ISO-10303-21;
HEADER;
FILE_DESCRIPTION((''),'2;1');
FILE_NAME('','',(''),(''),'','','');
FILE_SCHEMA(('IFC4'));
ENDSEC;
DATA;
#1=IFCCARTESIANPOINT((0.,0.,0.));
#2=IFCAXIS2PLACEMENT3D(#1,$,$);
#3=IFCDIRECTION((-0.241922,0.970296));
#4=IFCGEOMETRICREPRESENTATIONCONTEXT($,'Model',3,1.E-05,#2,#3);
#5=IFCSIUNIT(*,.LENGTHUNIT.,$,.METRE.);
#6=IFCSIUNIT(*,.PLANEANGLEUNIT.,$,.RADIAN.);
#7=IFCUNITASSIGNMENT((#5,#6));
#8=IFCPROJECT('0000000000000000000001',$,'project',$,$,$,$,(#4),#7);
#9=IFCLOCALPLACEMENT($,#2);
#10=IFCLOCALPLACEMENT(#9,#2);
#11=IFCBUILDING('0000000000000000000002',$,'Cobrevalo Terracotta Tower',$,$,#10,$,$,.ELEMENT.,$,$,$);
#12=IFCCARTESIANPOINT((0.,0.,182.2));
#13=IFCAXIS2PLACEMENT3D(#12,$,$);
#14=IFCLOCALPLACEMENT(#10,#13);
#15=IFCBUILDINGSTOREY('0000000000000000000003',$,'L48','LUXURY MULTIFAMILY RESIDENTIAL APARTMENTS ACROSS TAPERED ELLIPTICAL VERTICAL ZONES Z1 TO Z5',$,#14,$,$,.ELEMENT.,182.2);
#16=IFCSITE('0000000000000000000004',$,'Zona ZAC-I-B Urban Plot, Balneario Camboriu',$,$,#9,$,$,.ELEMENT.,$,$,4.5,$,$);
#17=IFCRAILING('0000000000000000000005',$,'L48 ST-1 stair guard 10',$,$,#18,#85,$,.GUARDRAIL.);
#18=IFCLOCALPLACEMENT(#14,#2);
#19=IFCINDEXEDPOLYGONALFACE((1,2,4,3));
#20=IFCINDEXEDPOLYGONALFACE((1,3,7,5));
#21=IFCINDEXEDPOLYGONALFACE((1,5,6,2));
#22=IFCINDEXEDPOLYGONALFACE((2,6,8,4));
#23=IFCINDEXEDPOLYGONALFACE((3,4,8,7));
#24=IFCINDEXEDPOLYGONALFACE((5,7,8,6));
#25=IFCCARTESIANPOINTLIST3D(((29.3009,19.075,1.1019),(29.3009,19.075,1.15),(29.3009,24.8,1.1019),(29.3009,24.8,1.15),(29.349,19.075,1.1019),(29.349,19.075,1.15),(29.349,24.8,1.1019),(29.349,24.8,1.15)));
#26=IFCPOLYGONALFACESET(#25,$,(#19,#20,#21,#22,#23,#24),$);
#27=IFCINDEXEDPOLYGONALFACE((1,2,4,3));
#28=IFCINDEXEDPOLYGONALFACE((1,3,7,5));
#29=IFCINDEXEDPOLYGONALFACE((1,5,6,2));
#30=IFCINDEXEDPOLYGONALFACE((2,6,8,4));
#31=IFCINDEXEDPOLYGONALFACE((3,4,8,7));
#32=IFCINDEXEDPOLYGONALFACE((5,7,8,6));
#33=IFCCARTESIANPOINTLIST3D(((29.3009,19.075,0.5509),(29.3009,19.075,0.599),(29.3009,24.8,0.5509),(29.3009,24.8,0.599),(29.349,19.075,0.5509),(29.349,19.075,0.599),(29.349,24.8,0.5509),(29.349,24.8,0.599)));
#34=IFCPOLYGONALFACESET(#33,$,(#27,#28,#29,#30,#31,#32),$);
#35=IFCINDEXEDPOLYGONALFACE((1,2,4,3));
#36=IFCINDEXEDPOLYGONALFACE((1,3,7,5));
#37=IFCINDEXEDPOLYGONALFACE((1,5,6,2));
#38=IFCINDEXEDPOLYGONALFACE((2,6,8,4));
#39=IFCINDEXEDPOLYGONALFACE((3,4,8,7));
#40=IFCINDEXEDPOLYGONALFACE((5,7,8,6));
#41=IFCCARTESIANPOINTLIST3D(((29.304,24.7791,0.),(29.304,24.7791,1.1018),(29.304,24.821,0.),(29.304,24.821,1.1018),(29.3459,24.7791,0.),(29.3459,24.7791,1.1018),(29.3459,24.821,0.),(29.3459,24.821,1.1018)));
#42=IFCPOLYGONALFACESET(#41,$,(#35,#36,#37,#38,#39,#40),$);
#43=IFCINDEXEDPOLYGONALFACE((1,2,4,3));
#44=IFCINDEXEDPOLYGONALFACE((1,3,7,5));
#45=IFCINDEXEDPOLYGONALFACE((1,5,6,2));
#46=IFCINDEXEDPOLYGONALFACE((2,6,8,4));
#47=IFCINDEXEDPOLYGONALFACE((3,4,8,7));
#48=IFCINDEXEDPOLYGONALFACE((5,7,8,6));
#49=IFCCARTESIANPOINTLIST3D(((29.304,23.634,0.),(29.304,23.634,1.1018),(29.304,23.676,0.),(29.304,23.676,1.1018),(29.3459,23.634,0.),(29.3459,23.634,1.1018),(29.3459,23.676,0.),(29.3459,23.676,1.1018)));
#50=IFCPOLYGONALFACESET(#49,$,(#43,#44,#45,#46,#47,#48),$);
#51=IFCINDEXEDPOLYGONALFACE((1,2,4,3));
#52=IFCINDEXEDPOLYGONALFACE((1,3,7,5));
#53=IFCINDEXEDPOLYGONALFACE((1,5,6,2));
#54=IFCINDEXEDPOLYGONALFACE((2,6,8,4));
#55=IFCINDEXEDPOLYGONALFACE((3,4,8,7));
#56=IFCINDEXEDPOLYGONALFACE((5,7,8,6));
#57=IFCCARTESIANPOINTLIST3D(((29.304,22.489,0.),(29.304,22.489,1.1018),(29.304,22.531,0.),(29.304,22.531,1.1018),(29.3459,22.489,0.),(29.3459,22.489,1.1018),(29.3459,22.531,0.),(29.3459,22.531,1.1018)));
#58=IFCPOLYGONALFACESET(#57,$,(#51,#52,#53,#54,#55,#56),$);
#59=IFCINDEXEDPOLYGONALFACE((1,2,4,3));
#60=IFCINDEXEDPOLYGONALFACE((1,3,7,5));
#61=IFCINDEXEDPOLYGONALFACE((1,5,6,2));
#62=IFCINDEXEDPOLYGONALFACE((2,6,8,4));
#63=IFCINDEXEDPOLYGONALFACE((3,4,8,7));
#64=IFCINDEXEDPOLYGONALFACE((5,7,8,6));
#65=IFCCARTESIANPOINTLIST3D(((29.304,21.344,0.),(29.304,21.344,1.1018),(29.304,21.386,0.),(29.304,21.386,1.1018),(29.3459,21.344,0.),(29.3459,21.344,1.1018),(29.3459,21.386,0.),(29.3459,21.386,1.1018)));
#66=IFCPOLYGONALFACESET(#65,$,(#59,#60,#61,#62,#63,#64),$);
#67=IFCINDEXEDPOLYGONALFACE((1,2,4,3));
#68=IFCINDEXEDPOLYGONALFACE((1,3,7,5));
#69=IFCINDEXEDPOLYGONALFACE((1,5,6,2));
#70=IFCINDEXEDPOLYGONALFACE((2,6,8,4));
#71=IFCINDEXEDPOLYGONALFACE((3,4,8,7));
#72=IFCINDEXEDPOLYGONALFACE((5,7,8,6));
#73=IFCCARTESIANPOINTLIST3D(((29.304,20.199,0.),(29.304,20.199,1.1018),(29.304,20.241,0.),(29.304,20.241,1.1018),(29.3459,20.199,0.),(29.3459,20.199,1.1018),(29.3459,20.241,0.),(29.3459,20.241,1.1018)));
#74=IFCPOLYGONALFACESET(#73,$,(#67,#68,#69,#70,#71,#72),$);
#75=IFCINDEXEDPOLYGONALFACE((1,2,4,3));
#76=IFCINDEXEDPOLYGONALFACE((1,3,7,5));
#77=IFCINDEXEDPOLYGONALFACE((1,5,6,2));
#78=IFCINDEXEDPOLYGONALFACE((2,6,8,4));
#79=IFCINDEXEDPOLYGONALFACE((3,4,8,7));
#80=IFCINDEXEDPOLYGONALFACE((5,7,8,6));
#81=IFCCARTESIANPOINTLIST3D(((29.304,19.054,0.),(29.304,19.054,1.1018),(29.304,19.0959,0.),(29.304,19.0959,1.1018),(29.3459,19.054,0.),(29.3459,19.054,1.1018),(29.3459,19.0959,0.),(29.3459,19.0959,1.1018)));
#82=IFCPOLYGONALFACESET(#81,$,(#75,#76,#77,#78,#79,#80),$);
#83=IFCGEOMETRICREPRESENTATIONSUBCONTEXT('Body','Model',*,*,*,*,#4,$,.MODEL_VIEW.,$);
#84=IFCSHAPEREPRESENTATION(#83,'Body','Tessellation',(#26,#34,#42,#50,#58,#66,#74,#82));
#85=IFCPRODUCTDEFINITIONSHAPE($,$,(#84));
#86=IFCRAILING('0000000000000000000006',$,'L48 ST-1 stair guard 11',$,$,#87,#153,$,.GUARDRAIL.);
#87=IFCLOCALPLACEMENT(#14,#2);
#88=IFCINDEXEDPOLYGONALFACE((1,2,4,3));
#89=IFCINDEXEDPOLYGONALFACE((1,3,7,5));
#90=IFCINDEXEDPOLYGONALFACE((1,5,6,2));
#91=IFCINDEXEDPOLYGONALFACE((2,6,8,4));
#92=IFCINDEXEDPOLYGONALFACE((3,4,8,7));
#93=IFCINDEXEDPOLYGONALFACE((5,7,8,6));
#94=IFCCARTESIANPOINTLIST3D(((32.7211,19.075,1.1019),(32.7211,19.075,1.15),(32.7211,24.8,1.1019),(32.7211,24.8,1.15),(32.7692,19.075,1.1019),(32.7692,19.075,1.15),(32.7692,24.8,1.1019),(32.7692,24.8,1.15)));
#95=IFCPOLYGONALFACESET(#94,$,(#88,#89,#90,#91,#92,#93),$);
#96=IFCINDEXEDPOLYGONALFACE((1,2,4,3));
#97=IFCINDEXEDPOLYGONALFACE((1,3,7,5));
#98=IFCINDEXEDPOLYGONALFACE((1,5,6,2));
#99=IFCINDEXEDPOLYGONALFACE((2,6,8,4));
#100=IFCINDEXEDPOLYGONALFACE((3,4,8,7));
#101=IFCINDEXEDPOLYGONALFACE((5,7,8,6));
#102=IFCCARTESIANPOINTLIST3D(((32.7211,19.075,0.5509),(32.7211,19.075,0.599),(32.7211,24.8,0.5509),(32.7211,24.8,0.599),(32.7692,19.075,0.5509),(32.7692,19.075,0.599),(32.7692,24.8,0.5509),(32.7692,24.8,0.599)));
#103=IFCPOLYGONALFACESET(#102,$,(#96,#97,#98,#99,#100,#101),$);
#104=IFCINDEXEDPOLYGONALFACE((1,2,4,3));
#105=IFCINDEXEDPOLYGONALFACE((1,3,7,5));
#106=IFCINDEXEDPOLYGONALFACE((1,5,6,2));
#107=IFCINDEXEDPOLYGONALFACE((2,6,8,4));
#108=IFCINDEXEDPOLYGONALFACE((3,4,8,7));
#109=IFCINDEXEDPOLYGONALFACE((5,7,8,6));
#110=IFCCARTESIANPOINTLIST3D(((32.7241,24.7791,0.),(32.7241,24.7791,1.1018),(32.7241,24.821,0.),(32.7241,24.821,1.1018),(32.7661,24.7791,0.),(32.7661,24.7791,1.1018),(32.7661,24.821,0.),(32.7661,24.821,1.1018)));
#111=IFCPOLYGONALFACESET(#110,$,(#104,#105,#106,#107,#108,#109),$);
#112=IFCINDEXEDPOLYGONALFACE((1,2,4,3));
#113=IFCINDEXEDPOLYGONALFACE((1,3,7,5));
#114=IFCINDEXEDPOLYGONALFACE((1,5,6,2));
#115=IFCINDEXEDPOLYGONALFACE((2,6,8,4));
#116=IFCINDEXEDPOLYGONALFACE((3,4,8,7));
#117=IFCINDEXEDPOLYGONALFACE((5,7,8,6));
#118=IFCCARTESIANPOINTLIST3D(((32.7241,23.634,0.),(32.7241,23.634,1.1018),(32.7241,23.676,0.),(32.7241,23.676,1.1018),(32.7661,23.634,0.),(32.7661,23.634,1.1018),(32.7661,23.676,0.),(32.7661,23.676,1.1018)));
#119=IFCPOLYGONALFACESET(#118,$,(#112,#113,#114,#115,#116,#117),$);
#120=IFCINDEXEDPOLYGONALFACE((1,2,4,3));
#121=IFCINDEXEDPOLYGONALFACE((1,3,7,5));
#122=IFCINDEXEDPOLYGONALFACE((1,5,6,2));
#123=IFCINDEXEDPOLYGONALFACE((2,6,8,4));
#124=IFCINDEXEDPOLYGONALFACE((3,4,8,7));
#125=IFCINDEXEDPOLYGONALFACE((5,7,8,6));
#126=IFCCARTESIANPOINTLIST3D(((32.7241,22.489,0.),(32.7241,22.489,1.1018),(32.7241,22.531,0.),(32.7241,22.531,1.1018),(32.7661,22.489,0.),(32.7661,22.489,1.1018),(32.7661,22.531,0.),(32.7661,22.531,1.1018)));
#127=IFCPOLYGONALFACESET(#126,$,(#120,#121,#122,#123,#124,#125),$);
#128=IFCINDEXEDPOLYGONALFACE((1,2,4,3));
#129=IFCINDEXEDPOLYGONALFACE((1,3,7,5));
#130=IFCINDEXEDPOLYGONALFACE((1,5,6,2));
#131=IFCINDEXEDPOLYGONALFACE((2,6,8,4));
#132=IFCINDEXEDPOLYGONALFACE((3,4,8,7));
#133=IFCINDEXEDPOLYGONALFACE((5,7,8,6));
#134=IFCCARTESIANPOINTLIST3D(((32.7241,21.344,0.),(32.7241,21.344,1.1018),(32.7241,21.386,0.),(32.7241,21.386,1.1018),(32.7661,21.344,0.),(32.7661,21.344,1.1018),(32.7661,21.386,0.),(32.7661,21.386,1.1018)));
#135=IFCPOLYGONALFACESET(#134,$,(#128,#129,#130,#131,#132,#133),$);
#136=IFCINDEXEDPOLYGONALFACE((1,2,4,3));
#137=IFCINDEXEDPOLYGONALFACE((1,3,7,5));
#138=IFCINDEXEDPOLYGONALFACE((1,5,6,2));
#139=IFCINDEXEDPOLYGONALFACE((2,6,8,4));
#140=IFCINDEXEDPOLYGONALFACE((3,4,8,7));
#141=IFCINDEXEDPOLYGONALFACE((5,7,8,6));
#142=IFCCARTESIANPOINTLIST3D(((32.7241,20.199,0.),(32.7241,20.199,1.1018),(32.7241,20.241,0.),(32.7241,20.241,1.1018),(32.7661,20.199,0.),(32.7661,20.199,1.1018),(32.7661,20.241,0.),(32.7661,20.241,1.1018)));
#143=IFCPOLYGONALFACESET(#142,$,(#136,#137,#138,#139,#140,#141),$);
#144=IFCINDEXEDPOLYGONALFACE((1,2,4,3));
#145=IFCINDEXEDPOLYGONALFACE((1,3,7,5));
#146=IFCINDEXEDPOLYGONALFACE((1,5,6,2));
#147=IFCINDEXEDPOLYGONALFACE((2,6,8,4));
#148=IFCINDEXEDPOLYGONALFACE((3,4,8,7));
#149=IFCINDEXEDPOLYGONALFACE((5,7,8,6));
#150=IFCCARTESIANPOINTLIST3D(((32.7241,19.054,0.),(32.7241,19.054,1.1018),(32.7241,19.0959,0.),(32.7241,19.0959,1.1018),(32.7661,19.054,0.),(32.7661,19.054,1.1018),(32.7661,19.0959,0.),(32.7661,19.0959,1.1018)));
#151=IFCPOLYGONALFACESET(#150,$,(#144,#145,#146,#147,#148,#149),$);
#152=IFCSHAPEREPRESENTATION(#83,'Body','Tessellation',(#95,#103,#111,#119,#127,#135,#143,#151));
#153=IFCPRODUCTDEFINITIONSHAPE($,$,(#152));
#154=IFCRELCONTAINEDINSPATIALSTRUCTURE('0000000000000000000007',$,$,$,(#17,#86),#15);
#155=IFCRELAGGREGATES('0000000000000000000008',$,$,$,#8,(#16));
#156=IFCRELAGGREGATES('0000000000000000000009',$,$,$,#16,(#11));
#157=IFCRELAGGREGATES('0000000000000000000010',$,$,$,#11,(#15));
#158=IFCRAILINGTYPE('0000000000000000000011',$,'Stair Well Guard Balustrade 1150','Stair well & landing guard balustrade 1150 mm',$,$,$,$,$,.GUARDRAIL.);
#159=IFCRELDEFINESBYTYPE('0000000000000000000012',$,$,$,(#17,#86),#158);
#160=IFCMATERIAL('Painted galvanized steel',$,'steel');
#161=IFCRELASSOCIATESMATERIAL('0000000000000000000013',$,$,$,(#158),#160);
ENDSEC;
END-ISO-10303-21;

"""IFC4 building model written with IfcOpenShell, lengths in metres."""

from ifc_helpers import new_model, si_unit, direction, frame, origin, origin_2d, place, context, subcontext, project, spatial, rectangle, extrude, material, type_object, element, save


model = new_model("IFC4")

# Units and contexts
model_context = context("Model", 3, precision=1e-05, world=origin(), true_north=direction((-0.241922, 0.970296)))
body_context = subcontext(model_context, "Body", "Model", "MODEL_VIEW")
ifc_project = project(units=[si_unit("LENGTHUNIT", "METRE"), si_unit("PLANEANGLEUNIT", "RADIAN")], contexts=[model_context])

# Site, building, storey
site_placement = place(None, origin())
site = spatial("IfcSite", under=ifc_project, at=site_placement, Name="Zona ZAC-I-B Urban Plot, Balneario Camboriu", CompositionType="ELEMENT", RefElevation=4.5)
building_placement = place(site_placement, origin())
building = spatial("IfcBuilding", under=site, at=building_placement, Name="Cobrevalo Terracotta Tower", CompositionType="ELEMENT")
storey_placement = place(building_placement, frame((0.0, 0.0, 182.2)))
storey = spatial("IfcBuildingStorey", under=building, at=storey_placement, Name="L48", Description="LUXURY MULTIFAMILY RESIDENTIAL APARTMENTS ACROSS TAPERED ELLIPTICAL VERTICAL ZONES Z1 TO Z5", CompositionType="ELEMENT", Elevation=182.2)

# Railings
ifc_material_1 = material(Name="Painted galvanized steel", Category="steel")
railing_type_1 = type_object("IfcRailingType", Name="Stair Well Guard Balustrade 1150", Description="Stair well & landing guard balustrade 1150 mm", PredefinedType="GUARDRAIL", material=ifc_material_1)
for number, where, name in (
    (1, (29.325, 24.8, 0.0), "L48 ST-1 stair guard 10"),
    (2, (32.7451, 24.8, 0.0), "L48 ST-1 stair guard 11"),
):
    element("IfcRailing", number, at=place(storey_placement, frame(where)), inside=storey, type_object=railing_type_1, Name=name, PredefinedType="GUARDRAIL", context=body_context, shape_type="SweptSolid", body=[
        extrude(rectangle(XDim=0.0481, YDim=0.0481, at=origin_2d()), frame((0.0, 0.0, 1.126), z_axis=(0.0, -1.0, 0.0), x_axis=(1.0, 0.0, 0.0)), (0.0, 0.0, 1.0), 5.7251),
        extrude(rectangle(XDim=0.0481, YDim=0.0481, at=origin_2d()), frame((0.0, 0.0, 0.575), z_axis=(0.0, -1.0, 0.0), x_axis=(1.0, 0.0, 0.0)), (0.0, 0.0, 1.0), 5.7251),
        extrude(rectangle(XDim=0.042, YDim=0.042, at=origin_2d()), origin(), (0.0, 0.0, 1.0), 1.1018),
        extrude(rectangle(XDim=0.042, YDim=0.042, at=origin_2d()), frame((0.0, -1.145, 0.0)), (0.0, 0.0, 1.0), 1.1018),
        extrude(rectangle(XDim=0.042, YDim=0.042, at=origin_2d()), frame((0.0, -2.29, 0.0)), (0.0, 0.0, 1.0), 1.1018),
        extrude(rectangle(XDim=0.042, YDim=0.042, at=origin_2d()), frame((0.0, -3.4351, 0.0)), (0.0, 0.0, 1.0), 1.1018),
        extrude(rectangle(XDim=0.042, YDim=0.042, at=origin_2d()), frame((0.0, -4.5801, 0.0)), (0.0, 0.0, 1.0), 1.1018),
        extrude(rectangle(XDim=0.042, YDim=0.042, at=origin_2d()), frame((0.0, -5.7251, 0.0)), (0.0, 0.0, 1.0), 1.1018),
    ])

save(model, "model.ifc")
